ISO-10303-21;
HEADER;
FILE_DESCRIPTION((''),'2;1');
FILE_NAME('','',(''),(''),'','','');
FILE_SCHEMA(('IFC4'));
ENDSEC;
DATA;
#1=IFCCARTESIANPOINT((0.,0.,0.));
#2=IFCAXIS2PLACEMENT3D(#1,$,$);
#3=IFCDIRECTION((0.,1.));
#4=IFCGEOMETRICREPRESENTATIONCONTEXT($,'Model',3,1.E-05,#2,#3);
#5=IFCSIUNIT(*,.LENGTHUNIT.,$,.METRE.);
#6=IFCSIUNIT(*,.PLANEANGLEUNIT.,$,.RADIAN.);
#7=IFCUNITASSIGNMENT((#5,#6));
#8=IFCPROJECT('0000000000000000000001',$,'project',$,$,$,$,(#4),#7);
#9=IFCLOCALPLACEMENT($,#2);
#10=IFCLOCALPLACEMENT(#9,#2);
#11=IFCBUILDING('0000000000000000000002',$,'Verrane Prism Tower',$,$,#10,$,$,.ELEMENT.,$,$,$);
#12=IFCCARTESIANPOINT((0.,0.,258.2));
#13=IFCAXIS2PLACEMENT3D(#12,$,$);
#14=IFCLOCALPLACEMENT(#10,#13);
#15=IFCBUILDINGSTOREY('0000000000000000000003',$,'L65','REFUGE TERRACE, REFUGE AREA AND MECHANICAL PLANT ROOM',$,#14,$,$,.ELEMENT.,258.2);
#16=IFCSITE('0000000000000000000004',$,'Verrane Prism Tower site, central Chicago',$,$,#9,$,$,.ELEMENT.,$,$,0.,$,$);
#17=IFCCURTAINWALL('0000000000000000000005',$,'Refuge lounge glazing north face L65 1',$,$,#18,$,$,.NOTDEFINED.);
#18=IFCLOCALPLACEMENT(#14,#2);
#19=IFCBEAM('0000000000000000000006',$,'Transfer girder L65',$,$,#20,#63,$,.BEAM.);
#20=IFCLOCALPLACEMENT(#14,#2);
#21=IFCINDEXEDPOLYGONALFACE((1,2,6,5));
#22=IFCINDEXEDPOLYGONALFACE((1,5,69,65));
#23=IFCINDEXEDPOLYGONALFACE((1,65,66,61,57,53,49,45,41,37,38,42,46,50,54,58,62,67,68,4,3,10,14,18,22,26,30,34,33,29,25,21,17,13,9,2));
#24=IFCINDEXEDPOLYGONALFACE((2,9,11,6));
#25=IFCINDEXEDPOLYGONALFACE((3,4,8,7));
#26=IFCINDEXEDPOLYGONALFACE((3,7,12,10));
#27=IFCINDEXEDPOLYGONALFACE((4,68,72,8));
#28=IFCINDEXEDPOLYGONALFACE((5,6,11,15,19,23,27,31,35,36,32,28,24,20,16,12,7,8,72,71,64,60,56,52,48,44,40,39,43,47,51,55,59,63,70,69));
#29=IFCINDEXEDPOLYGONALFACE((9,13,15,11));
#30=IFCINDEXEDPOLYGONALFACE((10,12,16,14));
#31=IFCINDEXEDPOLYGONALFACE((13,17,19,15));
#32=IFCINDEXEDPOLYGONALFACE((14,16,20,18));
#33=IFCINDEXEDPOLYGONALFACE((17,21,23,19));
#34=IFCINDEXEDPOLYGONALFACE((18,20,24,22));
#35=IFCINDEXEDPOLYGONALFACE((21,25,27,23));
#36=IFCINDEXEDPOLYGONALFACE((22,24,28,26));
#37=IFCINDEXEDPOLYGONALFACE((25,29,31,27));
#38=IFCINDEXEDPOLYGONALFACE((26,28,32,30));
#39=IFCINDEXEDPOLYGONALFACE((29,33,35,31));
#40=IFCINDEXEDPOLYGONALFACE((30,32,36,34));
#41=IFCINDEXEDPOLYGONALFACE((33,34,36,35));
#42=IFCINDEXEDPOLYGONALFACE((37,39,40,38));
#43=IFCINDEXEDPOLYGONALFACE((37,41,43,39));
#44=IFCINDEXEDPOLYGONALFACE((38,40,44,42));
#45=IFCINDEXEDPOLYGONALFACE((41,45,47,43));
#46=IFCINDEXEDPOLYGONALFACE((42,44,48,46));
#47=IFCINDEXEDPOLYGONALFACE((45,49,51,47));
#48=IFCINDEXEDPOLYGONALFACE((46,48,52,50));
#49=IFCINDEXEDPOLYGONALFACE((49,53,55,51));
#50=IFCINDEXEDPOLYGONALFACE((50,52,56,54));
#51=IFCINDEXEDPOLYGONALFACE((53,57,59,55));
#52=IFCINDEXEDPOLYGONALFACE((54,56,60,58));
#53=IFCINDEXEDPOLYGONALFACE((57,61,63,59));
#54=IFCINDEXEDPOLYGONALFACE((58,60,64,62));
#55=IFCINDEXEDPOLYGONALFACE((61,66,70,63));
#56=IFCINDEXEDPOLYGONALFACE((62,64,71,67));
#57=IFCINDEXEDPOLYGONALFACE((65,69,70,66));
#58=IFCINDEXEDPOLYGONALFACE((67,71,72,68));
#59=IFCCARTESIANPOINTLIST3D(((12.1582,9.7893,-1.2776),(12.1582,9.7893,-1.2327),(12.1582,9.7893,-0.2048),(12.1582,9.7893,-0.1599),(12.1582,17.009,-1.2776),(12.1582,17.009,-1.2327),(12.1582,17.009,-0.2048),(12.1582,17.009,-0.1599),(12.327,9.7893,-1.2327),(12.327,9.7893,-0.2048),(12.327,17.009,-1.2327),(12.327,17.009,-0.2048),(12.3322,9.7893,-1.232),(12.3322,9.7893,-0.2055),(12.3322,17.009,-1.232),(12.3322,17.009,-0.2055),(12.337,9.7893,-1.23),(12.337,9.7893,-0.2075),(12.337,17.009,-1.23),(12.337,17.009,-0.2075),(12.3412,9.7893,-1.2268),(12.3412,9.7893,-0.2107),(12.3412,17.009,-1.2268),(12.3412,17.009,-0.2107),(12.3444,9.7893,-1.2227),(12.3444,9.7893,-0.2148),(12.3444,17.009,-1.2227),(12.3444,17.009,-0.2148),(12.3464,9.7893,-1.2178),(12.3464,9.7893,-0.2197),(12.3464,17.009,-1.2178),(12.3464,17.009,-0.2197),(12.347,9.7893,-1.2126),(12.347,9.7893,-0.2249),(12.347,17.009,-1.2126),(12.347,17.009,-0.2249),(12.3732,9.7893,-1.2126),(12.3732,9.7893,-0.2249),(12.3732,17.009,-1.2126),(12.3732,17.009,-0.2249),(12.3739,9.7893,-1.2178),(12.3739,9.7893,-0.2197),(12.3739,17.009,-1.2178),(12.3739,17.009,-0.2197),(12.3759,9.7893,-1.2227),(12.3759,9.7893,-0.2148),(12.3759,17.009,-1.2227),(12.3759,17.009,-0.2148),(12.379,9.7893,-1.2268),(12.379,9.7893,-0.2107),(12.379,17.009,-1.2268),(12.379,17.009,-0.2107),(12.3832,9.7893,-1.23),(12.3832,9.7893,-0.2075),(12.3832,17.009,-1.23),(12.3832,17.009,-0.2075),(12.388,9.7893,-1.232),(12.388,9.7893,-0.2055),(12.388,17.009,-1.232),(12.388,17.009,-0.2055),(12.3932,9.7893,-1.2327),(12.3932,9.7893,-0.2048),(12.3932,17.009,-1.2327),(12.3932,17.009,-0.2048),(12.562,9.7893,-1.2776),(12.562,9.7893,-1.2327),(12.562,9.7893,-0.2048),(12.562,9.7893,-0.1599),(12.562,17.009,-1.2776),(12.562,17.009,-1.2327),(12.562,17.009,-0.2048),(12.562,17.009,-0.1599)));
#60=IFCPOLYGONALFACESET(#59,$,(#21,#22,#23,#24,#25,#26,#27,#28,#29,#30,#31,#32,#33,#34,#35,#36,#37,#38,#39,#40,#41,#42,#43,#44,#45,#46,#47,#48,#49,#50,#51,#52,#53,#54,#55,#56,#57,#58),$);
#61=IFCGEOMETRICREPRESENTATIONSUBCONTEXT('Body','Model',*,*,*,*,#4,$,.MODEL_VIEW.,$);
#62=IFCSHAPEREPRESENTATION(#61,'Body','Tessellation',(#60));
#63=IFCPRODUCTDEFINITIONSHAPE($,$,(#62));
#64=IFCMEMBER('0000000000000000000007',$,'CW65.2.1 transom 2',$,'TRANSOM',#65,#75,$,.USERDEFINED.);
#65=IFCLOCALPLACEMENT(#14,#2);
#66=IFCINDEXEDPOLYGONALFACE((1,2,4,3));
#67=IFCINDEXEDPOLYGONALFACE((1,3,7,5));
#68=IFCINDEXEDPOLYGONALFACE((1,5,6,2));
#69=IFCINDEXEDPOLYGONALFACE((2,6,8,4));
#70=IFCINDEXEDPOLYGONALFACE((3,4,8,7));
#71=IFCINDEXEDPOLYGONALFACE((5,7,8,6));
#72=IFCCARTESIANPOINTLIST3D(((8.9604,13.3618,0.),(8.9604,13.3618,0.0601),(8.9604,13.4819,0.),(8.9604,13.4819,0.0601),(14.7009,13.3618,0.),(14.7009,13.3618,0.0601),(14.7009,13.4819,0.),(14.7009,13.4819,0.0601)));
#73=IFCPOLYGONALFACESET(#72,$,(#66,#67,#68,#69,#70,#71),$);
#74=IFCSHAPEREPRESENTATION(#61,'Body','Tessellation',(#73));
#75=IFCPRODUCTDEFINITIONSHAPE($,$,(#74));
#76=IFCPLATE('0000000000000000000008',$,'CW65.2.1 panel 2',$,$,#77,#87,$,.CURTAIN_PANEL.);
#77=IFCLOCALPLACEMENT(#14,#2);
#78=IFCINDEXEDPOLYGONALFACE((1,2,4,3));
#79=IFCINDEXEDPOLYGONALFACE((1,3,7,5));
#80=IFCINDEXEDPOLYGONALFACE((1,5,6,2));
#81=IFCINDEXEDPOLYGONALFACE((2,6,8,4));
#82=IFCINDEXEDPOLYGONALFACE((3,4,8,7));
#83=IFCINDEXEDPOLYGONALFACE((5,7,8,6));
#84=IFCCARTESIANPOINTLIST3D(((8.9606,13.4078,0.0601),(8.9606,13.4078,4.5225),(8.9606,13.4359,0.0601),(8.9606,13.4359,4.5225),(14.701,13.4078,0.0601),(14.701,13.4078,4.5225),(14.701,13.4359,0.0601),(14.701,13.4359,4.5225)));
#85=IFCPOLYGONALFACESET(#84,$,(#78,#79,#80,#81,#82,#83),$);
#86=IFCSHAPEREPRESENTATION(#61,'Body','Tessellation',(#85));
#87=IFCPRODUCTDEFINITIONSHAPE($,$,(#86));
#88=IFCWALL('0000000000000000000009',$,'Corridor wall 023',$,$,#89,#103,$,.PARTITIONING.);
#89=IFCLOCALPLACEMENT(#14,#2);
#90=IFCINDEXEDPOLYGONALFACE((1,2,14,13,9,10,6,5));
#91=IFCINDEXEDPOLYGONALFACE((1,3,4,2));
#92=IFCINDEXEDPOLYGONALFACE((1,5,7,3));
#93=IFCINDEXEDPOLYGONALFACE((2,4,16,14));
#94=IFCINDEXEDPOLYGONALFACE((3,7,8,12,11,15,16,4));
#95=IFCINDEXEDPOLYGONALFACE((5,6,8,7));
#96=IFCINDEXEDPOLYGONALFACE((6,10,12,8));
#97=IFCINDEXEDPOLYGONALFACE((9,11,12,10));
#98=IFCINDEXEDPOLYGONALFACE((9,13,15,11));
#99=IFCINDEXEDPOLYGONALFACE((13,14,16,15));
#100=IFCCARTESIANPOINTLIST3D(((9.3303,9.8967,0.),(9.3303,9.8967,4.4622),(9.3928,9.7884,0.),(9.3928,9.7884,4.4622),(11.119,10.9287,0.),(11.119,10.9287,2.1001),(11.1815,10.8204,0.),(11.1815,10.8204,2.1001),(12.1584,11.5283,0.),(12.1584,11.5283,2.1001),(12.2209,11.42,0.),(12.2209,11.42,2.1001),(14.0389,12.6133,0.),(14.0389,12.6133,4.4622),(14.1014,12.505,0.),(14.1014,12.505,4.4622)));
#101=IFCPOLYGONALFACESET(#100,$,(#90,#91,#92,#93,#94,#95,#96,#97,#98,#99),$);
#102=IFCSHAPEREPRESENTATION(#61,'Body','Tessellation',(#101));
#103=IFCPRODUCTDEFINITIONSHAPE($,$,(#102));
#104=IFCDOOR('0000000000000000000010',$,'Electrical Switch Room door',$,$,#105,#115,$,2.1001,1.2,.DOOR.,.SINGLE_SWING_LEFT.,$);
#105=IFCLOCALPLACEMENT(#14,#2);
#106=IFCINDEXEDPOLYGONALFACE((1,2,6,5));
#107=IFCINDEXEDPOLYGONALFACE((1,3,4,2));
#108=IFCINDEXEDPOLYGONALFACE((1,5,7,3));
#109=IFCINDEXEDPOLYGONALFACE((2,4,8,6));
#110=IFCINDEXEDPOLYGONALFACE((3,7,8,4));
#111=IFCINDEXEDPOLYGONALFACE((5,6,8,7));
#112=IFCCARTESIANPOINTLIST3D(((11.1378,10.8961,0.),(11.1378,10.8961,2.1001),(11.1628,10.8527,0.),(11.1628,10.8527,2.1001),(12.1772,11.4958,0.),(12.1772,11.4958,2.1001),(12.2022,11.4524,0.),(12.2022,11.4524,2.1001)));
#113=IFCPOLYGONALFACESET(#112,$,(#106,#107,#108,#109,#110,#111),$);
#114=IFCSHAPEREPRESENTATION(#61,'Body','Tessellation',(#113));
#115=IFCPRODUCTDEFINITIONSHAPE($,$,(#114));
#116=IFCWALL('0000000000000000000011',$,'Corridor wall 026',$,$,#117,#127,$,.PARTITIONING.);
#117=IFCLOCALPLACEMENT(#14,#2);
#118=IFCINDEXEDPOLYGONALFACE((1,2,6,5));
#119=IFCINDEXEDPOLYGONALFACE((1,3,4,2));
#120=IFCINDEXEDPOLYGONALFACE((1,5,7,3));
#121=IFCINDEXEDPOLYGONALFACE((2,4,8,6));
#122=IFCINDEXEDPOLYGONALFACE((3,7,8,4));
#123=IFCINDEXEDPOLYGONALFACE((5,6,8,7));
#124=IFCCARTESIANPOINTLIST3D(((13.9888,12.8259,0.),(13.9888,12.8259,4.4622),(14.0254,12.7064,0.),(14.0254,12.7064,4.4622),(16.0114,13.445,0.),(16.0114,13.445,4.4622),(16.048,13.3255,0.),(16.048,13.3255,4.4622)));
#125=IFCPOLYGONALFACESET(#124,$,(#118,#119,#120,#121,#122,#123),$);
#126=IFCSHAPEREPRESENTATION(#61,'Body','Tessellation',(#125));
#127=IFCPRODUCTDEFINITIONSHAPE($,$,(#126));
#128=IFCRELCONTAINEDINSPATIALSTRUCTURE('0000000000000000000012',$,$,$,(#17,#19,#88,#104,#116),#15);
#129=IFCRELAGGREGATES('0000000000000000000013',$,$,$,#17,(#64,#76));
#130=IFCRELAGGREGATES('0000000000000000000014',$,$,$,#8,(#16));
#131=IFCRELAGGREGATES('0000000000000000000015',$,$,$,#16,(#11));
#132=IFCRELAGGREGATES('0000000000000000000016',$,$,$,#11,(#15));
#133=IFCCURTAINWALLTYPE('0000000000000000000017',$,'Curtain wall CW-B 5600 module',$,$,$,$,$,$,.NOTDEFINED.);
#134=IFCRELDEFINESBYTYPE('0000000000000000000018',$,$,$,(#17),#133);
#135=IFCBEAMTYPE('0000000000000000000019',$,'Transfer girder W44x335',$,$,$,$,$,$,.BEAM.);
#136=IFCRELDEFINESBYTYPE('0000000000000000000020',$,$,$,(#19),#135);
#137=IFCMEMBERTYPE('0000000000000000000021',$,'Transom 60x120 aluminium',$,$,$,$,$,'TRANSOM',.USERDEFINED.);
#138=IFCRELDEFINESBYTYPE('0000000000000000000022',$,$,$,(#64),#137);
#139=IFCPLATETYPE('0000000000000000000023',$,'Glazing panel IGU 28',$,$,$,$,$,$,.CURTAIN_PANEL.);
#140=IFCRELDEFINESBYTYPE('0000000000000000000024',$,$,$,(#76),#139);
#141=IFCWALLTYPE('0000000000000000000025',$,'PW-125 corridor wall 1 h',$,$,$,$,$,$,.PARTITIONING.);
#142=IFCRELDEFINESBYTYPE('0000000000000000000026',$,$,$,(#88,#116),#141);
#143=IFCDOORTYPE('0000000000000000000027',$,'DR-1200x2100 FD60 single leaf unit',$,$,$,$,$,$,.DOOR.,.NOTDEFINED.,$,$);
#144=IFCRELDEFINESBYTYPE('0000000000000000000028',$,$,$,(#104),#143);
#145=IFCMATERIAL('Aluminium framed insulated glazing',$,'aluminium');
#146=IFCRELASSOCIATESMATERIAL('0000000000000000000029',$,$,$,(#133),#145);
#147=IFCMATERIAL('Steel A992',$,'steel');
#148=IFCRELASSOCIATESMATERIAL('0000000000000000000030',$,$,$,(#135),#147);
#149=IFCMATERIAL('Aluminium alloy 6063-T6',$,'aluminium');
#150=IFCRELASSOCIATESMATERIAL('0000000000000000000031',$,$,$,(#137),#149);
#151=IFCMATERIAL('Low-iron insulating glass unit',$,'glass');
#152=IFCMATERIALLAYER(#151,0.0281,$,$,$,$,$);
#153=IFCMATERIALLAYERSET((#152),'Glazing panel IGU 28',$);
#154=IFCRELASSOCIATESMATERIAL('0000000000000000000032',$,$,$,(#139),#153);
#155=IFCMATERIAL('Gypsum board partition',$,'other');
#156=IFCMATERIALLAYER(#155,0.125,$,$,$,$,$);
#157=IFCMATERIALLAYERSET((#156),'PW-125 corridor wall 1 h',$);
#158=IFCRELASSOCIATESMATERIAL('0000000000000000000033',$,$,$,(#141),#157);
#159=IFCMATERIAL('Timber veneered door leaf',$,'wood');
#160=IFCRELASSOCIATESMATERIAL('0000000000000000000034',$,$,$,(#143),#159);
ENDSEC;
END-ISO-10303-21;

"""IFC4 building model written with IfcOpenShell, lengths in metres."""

from ifc_helpers import new_model, si_unit, direction, frame, frame_2d, origin, origin_2d, place, context, subcontext, project, spatial, rectangle, i_section, extrude, material, layer, layer_set, material_profile, profile_set, type_object, element, fill, aggregate, save


model = new_model("IFC4")

# Units and contexts
model_context = context("Model", 3, precision=1e-05, world=origin(), true_north=direction((0.0, 1.0)))
body_context = subcontext(model_context, "Body", "Model", "MODEL_VIEW")
ifc_project = project(units=[si_unit("LENGTHUNIT", "METRE"), si_unit("PLANEANGLEUNIT", "RADIAN")], contexts=[model_context])

# Site, building, storey
site_placement = place(None, origin())
site = spatial("IfcSite", under=ifc_project, at=site_placement, Name="Verrane Prism Tower site, central Chicago", CompositionType="ELEMENT", RefElevation=0.0)
building_placement = place(site_placement, origin())
building = spatial("IfcBuilding", under=site, at=building_placement, Name="Verrane Prism Tower", CompositionType="ELEMENT")
storey_placement = place(building_placement, frame((0.0, 0.0, 258.2)))
storey = spatial("IfcBuildingStorey", under=building, at=storey_placement, Name="L65", Description="REFUGE TERRACE, REFUGE AREA AND MECHANICAL PLANT ROOM", CompositionType="ELEMENT", Elevation=258.2)

# Curtain wall
ifc_material_1 = material(Name="Aluminium framed insulated glazing", Category="aluminium")
curtain_wall_type = type_object("IfcCurtainWallType", Name="Curtain wall CW-B 5600 module", PredefinedType="NOTDEFINED", material=ifc_material_1)
curtain_wall_placement = place(storey_placement, origin())
curtain_wall = element("IfcCurtainWall", 1, at=curtain_wall_placement, inside=storey, type_object=curtain_wall_type, Name="Refuge lounge glazing north face L65 1", PredefinedType="NOTDEFINED")

# Beam
ifc_material_2 = material(Name="Steel A992", Category="steel")
ifc_material_profile_1 = material_profile(ifc_material_2, i_section(OverallWidth=0.4038, OverallDepth=1.1177, WebThickness=0.0261, FlangeThickness=0.0449, FilletRadius=0.02, at=origin_2d()), Name="W44x335")
ifc_profile_set_1 = profile_set([ifc_material_profile_1], Name="Steel A992")
beam_type_1 = type_object("IfcBeamType", Name="Transfer girder W44x335", PredefinedType="BEAM", material=ifc_profile_set_1)
beam_1_placement = place(storey_placement, frame((12.3601, 17.009, -0.7188), z_axis=(0.0, -1.0, 0.0), x_axis=(1.0, 0.0, 0.0)))
element("IfcBeam", 2, at=beam_1_placement, inside=storey, type_object=beam_type_1, Name="Transfer girder L65", PredefinedType="BEAM", context=body_context, shape_type="SweptSolid", body=[
    extrude(i_section(OverallWidth=0.4038, OverallDepth=1.1177, WebThickness=0.0261, FlangeThickness=0.0449, FilletRadius=0.02, at=origin_2d()), origin(), (0.0, 0.0, 1.0), 7.2197),
])

# Member
ifc_material_3 = material(Name="Aluminium alloy 6063-T6", Category="aluminium")
ifc_material_profile_2 = material_profile(ifc_material_3, rectangle(XDim=0.1201, YDim=0.0601, at=origin_2d()), Name="Transom 60x120 aluminium")
ifc_profile_set_2 = profile_set([ifc_material_profile_2], Name="Aluminium alloy 6063-T6")
member_type_1 = type_object("IfcMemberType", Name="Transom 60x120 aluminium", ElementType="TRANSOM", PredefinedType="USERDEFINED", material=ifc_profile_set_2)
member_1_placement = place(storey_placement, frame((14.7009, 13.4219, 0.03), z_axis=(-1.0, 0.0, 0.0), x_axis=(0.0, -1.0, 0.0)))
member_1 = element("IfcMember", 3, at=member_1_placement, type_object=member_type_1, Name="CW65.2.1 transom 2", ObjectType="TRANSOM", PredefinedType="USERDEFINED", context=body_context, shape_type="SweptSolid", body=[
    extrude(rectangle(XDim=0.1201, YDim=0.0601, at=origin_2d()), origin(), (0.0, 0.0, 1.0), 5.7405),
])

# Plate
ifc_material_4 = material(Name="Low-iron insulating glass unit", Category="glass")
ifc_layer_1 = layer(ifc_material_4, 0.0281)
ifc_layer_set_1 = layer_set([ifc_layer_1], Name="Glazing panel IGU 28")
plate_type = type_object("IfcPlateType", Name="Glazing panel IGU 28", PredefinedType="CURTAIN_PANEL", material=ifc_layer_set_1)
plate_placement = place(storey_placement, frame((11.8308, 13.4219, 0.0601), z_axis=(0.0, 0.0, 1.0), x_axis=(-1.0, 0.0, 0.0)))
plate = element("IfcPlate", 4, at=plate_placement, type_object=plate_type, Name="CW65.2.1 panel 2", PredefinedType="CURTAIN_PANEL", context=body_context, shape_type="SweptSolid", body=[
    extrude(rectangle(XDim=5.7405, YDim=0.0281, at=origin_2d()), origin(), (0.0, 0.0, 1.0), 4.4624),
])
aggregate(curtain_wall, [member_1, plate])

# Wall, opening, door
ifc_material_5 = material(Name="Gypsum board partition", Category="other")
ifc_layer_2 = layer(ifc_material_5, 0.125)
ifc_layer_set_2 = layer_set([ifc_layer_2], Name="PW-125 corridor wall 1 h")
wall_type = type_object("IfcWallType", Name="PW-125 corridor wall 1 h", PredefinedType="PARTITIONING", material=ifc_layer_set_2)
wall_1_placement = place(storey_placement, frame((9.3616, 9.8425, 0.0), z_axis=(0.0, 0.0, 1.0), x_axis=(0.866177, 0.499738, 0.0)))
wall_1 = element("IfcWall", 5, at=wall_1_placement, inside=storey, type_object=wall_type, Name="Corridor wall 023", PredefinedType="PARTITIONING", context=body_context, shape_type="SweptSolid", body=[
    extrude(rectangle(XDim=5.436, YDim=0.125, at=frame_2d((2.718, 0.0))), origin(), (0.0, 0.0, 1.0), 4.4622),
])
opening_placement = place(wall_1_placement, frame((2.0649, 0.0, 0.0)))
opening = element("IfcOpeningElement", 6, at=opening_placement, cuts=wall_1, PredefinedType="OPENING", context=body_context, shape_type="SweptSolid", body=[
    extrude(rectangle(XDim=1.2, YDim=2.1001, at=frame_2d((0.6001, 1.05))), frame((0.0, 0.0725, 0.0), z_axis=(0.0, -1.0, 0.0), x_axis=(1.0, 0.0, 0.0)), (0.0, 0.0, 1.0), 0.145),
])
ifc_material_6 = material(Name="Timber veneered door leaf", Category="wood")
door_type = type_object("IfcDoorType", Name="DR-1200x2100 FD60 single leaf unit", OperationType="NOTDEFINED", PredefinedType="DOOR", material=ifc_material_6)
door_placement = place(opening_placement, origin())
door = element("IfcDoor", 7, at=door_placement, inside=storey, type_object=door_type, Name="Electrical Switch Room door", OperationType="SINGLE_SWING_LEFT", OverallHeight=2.1001, OverallWidth=1.2, PredefinedType="DOOR", context=body_context, shape_type="SweptSolid", body=[
    extrude(rectangle(XDim=1.2, YDim=2.1001, at=frame_2d((0.6001, 1.05))), frame((0.0, 0.0249, 0.0), z_axis=(0.0, -1.0, 0.0), x_axis=(1.0, 0.0, 0.0)), (0.0, 0.0, 1.0), 0.05),
])
fill(opening, door)

# Wall
wall_2_placement = place(storey_placement, frame((14.0071, 12.7661, 0.0), z_axis=(0.0, 0.0, 1.0), x_axis=(0.956207, 0.292691, 0.0)))
element("IfcWall", 8, at=wall_2_placement, inside=storey, type_object=wall_type, Name="Corridor wall 026", PredefinedType="PARTITIONING", context=body_context, shape_type="SweptSolid", body=[
    extrude(rectangle(XDim=2.1152, YDim=0.125, at=frame_2d((1.0576, 0.0))), origin(), (0.0, 0.0, 1.0), 4.4622),
])

save(model, "model.ifc")
